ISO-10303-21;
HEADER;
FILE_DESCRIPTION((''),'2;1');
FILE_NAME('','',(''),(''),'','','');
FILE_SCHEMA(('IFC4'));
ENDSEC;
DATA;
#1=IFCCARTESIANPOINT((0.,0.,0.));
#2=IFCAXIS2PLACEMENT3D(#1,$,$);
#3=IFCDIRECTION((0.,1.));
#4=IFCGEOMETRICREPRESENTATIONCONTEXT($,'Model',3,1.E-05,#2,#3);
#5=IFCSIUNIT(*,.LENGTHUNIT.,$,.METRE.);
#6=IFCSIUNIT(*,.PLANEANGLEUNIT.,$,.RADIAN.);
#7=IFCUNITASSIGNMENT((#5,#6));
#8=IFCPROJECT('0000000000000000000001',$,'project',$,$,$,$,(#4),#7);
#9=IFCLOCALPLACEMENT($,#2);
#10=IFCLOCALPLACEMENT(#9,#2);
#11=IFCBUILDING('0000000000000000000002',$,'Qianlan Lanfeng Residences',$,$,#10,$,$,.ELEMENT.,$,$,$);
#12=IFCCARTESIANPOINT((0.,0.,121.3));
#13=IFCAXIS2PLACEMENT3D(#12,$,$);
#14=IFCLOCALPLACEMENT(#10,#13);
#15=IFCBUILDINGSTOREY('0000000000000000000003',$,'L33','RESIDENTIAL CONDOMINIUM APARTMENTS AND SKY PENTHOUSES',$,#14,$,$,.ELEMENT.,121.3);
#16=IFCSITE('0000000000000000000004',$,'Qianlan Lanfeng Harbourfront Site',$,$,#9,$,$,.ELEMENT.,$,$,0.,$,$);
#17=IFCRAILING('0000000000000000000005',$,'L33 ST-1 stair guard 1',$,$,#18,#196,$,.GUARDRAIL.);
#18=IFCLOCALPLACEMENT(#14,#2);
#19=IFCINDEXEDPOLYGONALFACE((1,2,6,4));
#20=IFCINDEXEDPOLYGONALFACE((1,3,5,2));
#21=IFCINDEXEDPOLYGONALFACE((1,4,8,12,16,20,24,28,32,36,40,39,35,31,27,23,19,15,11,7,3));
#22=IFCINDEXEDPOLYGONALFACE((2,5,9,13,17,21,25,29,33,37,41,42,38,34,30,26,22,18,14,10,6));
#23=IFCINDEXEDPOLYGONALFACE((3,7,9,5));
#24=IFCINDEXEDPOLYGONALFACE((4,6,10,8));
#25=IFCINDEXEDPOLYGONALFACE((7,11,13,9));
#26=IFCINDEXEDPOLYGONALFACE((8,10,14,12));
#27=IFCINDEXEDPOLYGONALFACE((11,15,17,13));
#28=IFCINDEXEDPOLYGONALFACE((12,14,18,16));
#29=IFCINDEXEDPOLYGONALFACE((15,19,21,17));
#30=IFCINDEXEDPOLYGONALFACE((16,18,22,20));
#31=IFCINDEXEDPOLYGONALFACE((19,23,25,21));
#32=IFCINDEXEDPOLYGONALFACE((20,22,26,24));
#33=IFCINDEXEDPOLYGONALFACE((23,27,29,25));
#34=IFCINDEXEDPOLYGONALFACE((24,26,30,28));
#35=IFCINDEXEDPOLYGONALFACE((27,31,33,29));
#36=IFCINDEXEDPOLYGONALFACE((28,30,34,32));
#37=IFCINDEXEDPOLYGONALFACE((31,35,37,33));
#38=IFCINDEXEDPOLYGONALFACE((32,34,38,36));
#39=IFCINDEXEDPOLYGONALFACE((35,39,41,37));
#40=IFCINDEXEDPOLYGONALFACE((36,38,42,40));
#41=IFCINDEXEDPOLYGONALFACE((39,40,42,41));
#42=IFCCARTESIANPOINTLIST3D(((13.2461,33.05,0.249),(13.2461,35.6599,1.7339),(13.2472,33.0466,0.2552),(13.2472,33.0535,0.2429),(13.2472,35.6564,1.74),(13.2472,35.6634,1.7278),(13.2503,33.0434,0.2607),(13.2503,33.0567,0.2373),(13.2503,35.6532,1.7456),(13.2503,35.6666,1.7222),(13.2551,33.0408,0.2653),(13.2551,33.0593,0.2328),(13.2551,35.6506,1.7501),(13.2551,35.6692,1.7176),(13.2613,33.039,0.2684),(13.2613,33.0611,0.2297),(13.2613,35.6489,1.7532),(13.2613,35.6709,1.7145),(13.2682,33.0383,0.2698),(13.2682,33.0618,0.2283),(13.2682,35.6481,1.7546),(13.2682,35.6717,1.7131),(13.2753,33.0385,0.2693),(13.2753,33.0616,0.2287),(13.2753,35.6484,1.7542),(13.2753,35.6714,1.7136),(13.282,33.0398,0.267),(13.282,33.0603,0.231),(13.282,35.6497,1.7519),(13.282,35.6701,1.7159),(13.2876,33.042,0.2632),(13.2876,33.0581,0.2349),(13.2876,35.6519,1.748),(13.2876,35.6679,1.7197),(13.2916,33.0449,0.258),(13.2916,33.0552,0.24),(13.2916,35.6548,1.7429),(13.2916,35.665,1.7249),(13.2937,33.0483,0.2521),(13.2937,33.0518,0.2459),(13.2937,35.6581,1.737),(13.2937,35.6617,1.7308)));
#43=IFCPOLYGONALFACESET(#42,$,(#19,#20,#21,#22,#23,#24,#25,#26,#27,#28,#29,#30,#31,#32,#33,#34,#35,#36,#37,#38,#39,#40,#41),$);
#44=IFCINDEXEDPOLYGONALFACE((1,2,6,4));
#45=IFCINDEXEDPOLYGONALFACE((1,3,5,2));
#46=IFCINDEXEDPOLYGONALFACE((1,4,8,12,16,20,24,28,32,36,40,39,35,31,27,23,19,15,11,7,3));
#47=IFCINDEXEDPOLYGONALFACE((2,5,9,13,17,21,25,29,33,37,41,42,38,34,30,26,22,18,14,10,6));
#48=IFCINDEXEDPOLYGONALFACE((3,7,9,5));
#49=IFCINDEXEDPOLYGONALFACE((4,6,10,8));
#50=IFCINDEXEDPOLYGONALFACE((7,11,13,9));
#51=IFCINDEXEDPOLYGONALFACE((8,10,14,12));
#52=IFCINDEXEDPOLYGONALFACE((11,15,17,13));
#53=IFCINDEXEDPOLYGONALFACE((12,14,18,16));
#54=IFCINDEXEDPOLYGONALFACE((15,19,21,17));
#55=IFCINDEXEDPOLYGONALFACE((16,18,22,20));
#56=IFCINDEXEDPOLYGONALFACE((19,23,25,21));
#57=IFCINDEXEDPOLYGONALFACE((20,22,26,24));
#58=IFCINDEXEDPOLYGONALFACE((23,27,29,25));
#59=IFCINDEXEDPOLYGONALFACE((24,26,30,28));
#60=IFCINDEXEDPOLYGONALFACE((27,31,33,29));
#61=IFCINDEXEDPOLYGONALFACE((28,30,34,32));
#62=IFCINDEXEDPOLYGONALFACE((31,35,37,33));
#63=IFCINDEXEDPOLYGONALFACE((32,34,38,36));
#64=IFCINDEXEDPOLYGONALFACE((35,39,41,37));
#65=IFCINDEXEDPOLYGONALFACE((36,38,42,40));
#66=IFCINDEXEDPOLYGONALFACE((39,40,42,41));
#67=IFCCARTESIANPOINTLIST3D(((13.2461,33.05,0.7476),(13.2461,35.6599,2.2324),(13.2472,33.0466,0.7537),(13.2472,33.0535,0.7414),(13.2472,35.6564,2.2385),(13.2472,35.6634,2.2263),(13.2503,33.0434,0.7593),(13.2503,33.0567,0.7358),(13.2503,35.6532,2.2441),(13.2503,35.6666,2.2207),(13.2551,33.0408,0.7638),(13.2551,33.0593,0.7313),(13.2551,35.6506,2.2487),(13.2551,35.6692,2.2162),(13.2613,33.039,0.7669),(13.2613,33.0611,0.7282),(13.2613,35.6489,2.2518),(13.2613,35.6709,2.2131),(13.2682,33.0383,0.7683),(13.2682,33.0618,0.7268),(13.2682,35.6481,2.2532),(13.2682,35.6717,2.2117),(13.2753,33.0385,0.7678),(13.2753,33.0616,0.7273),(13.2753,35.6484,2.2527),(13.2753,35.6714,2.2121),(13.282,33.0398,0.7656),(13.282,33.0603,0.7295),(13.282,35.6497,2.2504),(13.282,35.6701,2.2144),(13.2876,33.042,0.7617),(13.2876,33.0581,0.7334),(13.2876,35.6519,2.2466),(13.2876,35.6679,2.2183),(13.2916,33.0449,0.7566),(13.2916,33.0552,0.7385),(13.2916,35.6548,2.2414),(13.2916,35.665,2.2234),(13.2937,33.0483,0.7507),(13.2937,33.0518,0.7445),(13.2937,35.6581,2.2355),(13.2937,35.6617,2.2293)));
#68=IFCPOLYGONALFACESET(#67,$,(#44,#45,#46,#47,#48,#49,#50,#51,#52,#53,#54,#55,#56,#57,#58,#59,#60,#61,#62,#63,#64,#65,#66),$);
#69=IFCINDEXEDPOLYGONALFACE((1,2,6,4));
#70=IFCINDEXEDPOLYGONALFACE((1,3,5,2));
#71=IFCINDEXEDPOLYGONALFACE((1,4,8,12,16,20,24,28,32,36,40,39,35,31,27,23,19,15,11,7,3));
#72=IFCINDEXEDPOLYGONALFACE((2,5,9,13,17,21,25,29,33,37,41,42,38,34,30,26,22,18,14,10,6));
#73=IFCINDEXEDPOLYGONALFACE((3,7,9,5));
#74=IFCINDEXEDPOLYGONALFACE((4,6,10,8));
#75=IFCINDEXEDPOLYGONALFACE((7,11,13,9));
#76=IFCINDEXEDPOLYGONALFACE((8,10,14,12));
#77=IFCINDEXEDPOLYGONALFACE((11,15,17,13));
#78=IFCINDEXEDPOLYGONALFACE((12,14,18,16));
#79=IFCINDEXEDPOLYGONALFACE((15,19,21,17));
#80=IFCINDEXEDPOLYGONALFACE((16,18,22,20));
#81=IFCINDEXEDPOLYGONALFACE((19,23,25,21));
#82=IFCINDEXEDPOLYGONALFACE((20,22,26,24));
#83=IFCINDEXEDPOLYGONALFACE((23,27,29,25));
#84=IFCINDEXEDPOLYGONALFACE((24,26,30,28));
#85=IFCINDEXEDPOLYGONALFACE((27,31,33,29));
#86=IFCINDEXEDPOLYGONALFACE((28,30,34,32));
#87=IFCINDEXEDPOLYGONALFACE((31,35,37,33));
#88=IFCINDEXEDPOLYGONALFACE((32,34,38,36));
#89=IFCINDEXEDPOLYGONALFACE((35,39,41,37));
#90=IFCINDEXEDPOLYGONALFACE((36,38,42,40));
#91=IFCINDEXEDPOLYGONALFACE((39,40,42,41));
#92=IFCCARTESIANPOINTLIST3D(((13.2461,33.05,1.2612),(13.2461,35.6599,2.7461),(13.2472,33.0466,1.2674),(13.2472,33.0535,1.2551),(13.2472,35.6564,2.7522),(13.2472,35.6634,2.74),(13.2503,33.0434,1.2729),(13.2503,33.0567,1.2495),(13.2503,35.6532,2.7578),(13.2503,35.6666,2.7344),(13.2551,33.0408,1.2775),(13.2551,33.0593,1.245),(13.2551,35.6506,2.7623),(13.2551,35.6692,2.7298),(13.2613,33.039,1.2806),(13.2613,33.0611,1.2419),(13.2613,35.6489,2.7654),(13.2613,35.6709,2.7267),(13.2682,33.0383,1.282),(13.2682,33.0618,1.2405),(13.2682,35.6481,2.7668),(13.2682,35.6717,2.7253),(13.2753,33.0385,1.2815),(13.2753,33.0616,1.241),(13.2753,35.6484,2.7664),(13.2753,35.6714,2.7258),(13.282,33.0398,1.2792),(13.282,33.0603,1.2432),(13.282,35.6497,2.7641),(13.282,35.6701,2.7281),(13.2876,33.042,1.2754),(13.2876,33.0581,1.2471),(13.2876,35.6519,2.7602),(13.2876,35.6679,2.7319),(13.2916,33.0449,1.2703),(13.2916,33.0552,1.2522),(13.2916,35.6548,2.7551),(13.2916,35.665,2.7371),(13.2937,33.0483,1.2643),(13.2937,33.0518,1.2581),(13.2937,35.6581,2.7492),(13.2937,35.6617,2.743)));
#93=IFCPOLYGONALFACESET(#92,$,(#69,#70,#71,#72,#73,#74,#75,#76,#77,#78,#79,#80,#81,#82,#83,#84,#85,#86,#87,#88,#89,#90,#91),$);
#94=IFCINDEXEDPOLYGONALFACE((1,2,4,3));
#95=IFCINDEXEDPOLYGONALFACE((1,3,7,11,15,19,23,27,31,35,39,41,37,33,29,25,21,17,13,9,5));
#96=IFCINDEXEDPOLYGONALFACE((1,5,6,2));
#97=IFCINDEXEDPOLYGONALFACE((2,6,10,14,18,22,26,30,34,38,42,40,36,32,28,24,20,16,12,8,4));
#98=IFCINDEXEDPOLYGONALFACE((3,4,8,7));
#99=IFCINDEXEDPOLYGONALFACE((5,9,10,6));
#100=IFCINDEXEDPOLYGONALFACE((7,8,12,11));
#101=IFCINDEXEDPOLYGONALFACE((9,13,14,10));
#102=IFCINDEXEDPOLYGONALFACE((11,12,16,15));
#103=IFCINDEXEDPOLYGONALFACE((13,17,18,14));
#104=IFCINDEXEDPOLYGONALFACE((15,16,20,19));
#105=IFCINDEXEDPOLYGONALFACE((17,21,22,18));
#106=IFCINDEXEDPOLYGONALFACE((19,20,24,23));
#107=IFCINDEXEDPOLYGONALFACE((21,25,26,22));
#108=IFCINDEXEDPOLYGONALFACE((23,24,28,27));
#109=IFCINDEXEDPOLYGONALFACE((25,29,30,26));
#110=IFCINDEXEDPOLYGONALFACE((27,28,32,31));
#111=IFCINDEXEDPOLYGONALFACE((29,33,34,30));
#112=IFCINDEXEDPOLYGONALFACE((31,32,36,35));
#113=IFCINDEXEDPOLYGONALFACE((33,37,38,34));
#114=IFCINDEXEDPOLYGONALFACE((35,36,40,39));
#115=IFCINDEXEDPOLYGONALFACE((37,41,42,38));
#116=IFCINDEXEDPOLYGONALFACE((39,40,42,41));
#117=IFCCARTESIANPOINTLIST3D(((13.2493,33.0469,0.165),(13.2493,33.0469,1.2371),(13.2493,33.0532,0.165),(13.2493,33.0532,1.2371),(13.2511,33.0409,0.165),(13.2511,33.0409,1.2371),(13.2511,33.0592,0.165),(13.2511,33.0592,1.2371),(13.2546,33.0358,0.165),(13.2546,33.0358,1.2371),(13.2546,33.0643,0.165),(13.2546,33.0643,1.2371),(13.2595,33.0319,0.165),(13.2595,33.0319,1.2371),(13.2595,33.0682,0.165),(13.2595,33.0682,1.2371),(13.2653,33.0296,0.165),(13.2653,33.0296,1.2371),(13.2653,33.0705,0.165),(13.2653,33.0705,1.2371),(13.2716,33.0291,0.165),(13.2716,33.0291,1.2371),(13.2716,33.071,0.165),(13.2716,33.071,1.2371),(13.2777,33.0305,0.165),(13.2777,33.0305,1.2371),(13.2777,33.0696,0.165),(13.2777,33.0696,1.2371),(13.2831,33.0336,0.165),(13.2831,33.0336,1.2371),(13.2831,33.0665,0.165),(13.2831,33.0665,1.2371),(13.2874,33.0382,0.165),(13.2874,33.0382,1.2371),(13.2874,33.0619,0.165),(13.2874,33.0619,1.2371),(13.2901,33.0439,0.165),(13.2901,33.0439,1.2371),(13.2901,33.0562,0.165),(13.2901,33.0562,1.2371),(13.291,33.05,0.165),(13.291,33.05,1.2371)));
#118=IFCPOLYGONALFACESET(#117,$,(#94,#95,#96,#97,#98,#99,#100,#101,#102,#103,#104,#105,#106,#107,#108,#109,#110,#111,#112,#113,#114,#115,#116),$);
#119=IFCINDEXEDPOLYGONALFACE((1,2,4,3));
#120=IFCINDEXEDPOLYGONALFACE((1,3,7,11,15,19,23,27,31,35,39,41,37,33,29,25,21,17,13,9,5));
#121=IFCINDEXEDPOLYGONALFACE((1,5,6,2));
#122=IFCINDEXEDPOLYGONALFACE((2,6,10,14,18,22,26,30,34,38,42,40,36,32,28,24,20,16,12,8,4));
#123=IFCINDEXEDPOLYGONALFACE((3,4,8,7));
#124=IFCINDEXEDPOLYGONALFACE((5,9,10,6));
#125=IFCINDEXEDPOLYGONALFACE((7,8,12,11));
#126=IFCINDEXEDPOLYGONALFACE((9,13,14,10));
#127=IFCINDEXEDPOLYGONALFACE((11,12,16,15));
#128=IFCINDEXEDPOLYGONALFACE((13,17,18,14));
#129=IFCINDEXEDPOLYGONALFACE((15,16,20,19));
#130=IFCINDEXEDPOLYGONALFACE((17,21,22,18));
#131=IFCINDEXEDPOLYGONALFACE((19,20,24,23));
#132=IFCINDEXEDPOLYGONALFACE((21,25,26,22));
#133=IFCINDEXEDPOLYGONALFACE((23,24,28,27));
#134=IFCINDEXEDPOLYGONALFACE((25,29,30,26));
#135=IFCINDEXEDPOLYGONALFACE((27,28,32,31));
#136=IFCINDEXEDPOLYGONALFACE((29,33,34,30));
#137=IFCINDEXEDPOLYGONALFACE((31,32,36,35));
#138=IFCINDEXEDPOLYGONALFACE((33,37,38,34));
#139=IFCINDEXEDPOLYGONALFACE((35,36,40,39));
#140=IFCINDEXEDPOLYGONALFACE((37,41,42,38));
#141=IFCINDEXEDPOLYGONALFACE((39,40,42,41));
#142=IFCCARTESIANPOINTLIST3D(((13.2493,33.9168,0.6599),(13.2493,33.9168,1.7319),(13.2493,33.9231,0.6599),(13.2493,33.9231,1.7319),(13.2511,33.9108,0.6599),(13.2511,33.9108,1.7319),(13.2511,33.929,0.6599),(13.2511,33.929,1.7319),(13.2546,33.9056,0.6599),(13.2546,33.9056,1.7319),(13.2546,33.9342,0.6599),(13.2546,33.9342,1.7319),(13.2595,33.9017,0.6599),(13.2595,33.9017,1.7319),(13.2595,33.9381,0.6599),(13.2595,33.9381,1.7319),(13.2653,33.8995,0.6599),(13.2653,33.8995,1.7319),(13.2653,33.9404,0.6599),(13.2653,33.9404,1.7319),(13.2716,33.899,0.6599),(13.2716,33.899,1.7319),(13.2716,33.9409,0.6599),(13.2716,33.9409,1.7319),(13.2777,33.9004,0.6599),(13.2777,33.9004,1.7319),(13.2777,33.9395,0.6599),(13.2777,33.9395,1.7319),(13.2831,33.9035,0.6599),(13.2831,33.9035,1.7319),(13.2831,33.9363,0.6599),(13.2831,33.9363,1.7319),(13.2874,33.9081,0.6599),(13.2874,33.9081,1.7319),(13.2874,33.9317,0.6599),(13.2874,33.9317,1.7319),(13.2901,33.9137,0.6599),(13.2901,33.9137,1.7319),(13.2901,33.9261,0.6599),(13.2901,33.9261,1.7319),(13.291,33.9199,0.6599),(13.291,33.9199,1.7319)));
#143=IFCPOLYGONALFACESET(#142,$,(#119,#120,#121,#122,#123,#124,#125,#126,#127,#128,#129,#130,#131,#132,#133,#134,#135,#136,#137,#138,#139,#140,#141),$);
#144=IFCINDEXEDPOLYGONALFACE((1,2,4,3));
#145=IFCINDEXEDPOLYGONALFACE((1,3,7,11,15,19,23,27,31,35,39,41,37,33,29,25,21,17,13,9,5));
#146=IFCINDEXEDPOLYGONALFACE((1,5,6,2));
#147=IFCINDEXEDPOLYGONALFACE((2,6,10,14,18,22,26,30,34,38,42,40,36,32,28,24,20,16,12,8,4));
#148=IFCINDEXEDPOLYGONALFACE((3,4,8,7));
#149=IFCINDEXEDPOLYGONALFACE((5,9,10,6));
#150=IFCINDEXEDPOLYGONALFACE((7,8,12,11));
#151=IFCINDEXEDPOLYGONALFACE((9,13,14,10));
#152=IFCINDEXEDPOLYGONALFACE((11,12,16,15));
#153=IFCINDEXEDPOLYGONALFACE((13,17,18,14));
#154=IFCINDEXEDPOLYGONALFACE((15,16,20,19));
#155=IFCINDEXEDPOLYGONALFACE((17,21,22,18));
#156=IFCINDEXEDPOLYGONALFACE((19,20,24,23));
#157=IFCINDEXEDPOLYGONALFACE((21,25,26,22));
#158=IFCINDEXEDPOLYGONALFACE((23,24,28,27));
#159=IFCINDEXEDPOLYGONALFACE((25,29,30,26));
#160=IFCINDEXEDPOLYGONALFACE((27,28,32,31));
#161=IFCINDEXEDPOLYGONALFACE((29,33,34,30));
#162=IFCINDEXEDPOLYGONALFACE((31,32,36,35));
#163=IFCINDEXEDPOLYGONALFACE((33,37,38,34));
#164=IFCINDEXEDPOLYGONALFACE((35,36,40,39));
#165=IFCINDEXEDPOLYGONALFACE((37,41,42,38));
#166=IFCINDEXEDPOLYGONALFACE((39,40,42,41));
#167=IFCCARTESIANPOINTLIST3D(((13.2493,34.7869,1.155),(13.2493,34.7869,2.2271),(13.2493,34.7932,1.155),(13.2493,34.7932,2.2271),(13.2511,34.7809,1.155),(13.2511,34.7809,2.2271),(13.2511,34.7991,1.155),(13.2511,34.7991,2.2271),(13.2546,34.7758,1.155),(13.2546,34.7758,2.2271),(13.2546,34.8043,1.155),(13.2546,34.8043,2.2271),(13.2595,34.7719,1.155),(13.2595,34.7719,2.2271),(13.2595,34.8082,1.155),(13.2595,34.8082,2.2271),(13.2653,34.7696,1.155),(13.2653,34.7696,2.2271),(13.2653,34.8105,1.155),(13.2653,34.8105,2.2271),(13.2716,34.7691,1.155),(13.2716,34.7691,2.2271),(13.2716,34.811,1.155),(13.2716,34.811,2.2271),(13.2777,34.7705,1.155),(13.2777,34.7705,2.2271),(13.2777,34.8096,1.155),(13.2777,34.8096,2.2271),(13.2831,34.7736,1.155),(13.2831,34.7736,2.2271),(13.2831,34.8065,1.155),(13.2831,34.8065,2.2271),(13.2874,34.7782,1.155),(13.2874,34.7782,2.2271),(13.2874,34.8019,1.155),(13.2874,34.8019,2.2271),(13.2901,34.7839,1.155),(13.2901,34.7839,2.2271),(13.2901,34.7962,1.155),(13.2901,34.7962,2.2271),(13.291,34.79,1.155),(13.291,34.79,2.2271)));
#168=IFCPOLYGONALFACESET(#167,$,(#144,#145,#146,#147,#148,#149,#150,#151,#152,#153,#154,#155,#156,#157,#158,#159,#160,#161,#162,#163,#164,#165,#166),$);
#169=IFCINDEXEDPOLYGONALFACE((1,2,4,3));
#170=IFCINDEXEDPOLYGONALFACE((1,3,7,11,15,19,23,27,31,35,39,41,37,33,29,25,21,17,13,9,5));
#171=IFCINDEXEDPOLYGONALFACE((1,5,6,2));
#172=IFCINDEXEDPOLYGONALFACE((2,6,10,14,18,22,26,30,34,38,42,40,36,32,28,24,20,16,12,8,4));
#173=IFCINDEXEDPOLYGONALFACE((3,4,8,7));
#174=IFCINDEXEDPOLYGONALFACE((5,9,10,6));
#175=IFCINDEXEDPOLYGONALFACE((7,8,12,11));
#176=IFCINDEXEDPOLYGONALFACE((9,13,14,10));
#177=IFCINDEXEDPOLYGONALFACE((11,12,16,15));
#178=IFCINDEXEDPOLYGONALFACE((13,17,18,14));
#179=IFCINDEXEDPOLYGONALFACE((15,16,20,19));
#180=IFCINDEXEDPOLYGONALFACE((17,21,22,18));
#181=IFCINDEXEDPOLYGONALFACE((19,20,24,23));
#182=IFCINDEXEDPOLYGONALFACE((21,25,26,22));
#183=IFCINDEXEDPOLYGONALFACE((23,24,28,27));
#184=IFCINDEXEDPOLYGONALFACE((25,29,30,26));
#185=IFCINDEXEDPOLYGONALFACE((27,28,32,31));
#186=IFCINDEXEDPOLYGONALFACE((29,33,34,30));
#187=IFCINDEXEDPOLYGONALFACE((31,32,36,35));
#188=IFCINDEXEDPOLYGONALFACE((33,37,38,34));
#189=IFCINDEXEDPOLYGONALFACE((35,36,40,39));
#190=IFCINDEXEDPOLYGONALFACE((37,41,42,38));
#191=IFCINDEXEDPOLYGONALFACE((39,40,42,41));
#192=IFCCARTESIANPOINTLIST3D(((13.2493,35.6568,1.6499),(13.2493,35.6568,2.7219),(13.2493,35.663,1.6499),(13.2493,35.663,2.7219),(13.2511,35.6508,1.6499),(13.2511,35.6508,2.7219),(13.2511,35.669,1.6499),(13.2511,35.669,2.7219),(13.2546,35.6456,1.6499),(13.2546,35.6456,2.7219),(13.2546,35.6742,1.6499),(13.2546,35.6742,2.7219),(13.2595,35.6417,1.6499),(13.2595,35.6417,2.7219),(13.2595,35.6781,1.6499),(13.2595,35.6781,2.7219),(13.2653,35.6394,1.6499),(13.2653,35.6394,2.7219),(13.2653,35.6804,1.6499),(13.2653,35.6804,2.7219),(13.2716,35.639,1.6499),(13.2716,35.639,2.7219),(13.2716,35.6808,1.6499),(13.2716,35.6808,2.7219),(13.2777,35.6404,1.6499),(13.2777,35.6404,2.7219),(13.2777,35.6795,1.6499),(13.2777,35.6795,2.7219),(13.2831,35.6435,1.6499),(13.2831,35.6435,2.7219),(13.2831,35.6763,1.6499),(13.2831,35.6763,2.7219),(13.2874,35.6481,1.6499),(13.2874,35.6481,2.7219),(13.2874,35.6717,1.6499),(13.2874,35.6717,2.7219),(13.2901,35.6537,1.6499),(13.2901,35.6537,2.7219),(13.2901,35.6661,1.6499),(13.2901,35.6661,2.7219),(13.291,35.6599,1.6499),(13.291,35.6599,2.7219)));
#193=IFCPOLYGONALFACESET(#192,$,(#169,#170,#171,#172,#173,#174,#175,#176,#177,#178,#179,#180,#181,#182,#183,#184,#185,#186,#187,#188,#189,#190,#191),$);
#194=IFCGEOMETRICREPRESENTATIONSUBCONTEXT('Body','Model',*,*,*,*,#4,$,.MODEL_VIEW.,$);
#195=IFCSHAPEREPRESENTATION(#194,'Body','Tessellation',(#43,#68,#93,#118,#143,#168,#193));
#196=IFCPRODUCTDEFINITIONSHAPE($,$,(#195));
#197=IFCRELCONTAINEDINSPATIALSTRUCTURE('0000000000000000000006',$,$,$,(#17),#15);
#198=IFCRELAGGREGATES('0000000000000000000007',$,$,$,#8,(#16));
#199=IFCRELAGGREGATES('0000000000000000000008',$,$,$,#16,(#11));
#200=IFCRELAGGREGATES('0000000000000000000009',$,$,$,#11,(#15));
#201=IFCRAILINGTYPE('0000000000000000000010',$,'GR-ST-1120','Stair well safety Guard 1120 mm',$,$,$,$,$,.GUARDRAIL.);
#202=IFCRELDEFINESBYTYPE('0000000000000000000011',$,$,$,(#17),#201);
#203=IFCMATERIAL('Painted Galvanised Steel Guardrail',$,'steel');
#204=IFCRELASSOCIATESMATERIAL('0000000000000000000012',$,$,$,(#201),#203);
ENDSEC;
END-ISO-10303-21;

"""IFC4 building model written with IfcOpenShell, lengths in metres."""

from ifc_helpers import new_model, si_unit, direction, frame, origin, origin_2d, place, context, subcontext, project, spatial, circle, extrude, material, type_object, element, save


model = new_model("IFC4")

# Units and contexts
model_context = context("Model", 3, precision=1e-05, world=origin(), true_north=direction((0.0, 1.0)))
body_context = subcontext(model_context, "Body", "Model", "MODEL_VIEW")
ifc_project = project(units=[si_unit("LENGTHUNIT", "METRE"), si_unit("PLANEANGLEUNIT", "RADIAN")], contexts=[model_context])

# Site, building, storey
site_placement = place(None, origin())
site = spatial("IfcSite", under=ifc_project, at=site_placement, Name="Qianlan Lanfeng Harbourfront Site", CompositionType="ELEMENT", RefElevation=0.0)
building_placement = place(site_placement, origin())
building = spatial("IfcBuilding", under=site, at=building_placement, Name="Qianlan Lanfeng Residences", CompositionType="ELEMENT")
storey_placement = place(building_placement, frame((0.0, 0.0, 121.3)))
storey = spatial("IfcBuildingStorey", under=building, at=storey_placement, Name="L33", Description="RESIDENTIAL CONDOMINIUM APARTMENTS AND SKY PENTHOUSES", CompositionType="ELEMENT", Elevation=121.3)

# Railing
ifc_material_1 = material(Name="Painted Galvanised Steel Guardrail", Category="steel")
railing_type_1 = type_object("IfcRailingType", Name="GR-ST-1120", Description="Stair well safety Guard 1120 mm", PredefinedType="GUARDRAIL", material=ifc_material_1)
railing_1_placement = place(storey_placement, frame((13.27, 33.05, 0.165)))
element("IfcRailing", 1, at=railing_1_placement, inside=storey, type_object=railing_type_1, Name="L33 ST-1 stair guard 1", PredefinedType="GUARDRAIL", context=body_context, shape_type="SweptSolid", body=[
    extrude(circle(Radius=0.0239, at=origin_2d()), frame((0.0, 0.0, 0.084), z_axis=(0.0, 0.869172, 0.494509), x_axis=(-1.0, 0.0, 0.0)), (0.0, 0.0, 1.0), 3.0027),
    extrude(circle(Radius=0.0239, at=origin_2d()), frame((0.0, 0.0, 0.5825), z_axis=(0.0, 0.869172, 0.494509), x_axis=(-1.0, 0.0, 0.0)), (0.0, 0.0, 1.0), 3.0027),
    extrude(circle(Radius=0.0239, at=origin_2d()), frame((0.0, 0.0, 1.0962), z_axis=(0.0, 0.869172, 0.494509), x_axis=(-1.0, 0.0, 0.0)), (0.0, 0.0, 1.0), 3.0027),
    extrude(circle(Radius=0.021, at=origin_2d()), origin(), (0.0, 0.0, 1.0), 1.072),
    extrude(circle(Radius=0.021, at=origin_2d()), frame((0.0, 0.8699, 0.4949)), (0.0, 0.0, 1.0), 1.072),
    extrude(circle(Radius=0.021, at=origin_2d()), frame((0.0, 1.74, 0.99)), (0.0, 0.0, 1.0), 1.072),
    extrude(circle(Radius=0.021, at=origin_2d()), frame((0.0, 2.6099, 1.4849)), (0.0, 0.0, 1.0), 1.072),
])

save(model, "model.ifc")
